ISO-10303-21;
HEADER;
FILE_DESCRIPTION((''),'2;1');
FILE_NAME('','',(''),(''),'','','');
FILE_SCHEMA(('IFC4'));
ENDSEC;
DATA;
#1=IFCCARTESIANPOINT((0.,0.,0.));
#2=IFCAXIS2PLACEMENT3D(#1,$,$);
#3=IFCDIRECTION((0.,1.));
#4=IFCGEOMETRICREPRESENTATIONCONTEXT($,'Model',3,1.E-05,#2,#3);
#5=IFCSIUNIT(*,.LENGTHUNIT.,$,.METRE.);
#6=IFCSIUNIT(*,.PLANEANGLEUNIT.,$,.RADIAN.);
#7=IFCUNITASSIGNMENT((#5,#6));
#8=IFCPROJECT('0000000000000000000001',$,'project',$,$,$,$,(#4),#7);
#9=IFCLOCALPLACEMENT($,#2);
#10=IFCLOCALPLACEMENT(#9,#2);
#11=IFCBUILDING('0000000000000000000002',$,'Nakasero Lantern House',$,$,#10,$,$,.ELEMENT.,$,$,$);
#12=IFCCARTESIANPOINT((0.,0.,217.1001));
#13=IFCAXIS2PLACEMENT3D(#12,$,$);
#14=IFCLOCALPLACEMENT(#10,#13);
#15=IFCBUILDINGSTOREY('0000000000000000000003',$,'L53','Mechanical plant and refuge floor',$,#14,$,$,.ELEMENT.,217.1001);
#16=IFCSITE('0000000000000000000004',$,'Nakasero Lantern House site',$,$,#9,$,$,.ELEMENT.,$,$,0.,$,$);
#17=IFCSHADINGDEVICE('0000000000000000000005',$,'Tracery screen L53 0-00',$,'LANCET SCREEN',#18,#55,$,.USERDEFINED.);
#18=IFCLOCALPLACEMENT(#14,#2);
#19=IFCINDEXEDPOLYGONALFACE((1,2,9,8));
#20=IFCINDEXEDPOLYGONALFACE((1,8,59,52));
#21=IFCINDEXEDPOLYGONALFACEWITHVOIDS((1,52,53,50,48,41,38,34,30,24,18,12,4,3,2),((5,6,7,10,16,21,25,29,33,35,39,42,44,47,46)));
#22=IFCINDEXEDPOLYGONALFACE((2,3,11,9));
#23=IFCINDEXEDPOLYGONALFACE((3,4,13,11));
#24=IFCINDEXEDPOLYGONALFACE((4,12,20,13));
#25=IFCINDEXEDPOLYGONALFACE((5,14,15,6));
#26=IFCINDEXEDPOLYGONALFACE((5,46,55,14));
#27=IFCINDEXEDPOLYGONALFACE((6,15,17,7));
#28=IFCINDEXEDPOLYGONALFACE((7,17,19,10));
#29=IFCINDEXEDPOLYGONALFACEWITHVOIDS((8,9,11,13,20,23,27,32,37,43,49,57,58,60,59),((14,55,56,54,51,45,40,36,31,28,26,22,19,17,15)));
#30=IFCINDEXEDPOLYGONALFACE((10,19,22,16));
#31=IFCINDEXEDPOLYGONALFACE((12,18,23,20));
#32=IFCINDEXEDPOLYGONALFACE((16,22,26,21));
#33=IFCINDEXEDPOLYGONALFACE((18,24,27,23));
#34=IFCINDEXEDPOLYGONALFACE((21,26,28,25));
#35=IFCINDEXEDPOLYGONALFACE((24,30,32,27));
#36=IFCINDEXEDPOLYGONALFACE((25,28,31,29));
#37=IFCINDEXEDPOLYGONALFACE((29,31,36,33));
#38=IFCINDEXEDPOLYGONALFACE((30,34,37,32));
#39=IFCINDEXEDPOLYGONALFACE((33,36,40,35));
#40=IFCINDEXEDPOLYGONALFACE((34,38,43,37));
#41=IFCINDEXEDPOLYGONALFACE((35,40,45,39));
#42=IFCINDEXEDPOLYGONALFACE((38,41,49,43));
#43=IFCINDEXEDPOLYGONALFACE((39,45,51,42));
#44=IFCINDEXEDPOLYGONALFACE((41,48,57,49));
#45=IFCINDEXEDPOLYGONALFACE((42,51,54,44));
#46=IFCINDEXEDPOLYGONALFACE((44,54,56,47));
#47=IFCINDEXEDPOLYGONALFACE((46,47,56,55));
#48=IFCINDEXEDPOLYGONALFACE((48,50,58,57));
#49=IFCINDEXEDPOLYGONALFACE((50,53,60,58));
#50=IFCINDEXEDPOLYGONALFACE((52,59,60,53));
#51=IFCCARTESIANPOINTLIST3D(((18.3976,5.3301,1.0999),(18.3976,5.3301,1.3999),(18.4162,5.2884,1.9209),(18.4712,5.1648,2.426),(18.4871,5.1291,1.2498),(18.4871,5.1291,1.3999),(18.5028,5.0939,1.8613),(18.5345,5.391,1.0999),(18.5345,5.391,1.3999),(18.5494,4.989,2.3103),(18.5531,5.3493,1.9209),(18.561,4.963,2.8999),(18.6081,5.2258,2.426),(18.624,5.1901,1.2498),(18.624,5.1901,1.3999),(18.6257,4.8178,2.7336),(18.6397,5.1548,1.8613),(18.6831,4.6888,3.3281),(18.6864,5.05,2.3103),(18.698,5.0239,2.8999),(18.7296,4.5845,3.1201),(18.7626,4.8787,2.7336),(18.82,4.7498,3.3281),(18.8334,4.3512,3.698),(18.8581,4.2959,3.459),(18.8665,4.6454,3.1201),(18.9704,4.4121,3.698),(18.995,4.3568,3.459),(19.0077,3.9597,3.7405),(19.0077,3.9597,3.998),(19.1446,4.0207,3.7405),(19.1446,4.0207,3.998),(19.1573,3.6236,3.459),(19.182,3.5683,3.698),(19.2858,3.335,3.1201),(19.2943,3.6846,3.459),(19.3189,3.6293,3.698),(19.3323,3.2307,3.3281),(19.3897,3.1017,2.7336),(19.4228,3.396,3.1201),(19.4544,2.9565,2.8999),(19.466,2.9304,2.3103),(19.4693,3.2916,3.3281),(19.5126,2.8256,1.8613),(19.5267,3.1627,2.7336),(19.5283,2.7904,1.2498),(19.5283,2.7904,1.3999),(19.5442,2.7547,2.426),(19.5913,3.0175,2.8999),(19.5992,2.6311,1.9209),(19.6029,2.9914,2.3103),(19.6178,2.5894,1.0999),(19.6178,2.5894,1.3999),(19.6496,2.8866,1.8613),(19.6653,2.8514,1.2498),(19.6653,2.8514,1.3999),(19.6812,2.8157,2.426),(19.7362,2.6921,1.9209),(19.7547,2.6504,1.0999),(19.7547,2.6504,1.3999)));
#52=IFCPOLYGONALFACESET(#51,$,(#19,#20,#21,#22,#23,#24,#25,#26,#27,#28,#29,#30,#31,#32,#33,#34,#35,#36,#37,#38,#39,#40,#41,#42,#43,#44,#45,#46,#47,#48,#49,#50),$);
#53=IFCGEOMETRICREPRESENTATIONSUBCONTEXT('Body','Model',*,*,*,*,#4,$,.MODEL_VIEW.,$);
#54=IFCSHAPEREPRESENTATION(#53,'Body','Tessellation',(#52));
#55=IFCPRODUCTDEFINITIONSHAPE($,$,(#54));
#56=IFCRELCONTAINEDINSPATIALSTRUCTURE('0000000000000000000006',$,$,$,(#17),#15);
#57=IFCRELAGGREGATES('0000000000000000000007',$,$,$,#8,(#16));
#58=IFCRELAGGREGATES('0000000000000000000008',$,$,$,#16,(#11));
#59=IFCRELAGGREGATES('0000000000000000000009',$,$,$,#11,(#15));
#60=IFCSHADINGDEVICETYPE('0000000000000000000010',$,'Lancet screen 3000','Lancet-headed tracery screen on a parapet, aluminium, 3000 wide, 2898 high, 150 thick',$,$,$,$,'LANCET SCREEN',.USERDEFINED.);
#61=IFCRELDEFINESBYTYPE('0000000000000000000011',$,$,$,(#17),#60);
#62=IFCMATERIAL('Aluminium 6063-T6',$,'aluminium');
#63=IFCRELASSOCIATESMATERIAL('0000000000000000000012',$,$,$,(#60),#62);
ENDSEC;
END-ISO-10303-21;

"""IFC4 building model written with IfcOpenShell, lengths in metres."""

from ifc_helpers import new_model, si_unit, direction, frame, origin, place, context, subcontext, project, spatial, polyline, outline, extrude, material, type_object, element, save


model = new_model("IFC4")

# Units and contexts
model_context = context("Model", 3, precision=1e-05, world=origin(), true_north=direction((0.0, 1.0)))
body_context = subcontext(model_context, "Body", "Model", "MODEL_VIEW")
ifc_project = project(units=[si_unit("LENGTHUNIT", "METRE"), si_unit("PLANEANGLEUNIT", "RADIAN")], contexts=[model_context])

# Site, building, storey
site_placement = place(None, origin())
site = spatial("IfcSite", under=ifc_project, at=site_placement, Name="Nakasero Lantern House site", CompositionType="ELEMENT", RefElevation=0.0)
building_placement = place(site_placement, origin())
building = spatial("IfcBuilding", under=site, at=building_placement, Name="Nakasero Lantern House", CompositionType="ELEMENT")
storey_placement = place(building_placement, frame((0.0, 0.0, 217.1001)))
storey = spatial("IfcBuildingStorey", under=building, at=storey_placement, Name="L53", Description="Mechanical plant and refuge floor", CompositionType="ELEMENT", Elevation=217.1001)

# Shading device
ifc_material_1 = material(Name="Aluminium 6063-T6", Category="aluminium")
shading_device_type = type_object("IfcShadingDeviceType", Name="Lancet screen 3000", Description="Lancet-headed tracery screen on a parapet, aluminium, 3000 wide, 2898 high, 150 thick", ElementType="LANCET SCREEN", PredefinedType="USERDEFINED", material=ifc_material_1)
shading_device_placement = place(storey_placement, frame((19.0762, 3.9902, 1.0999), z_axis=(0.0, 0.0, 1.0), x_axis=(-0.406737, 0.913545, 0.0)))
element("IfcShadingDevice", 1, at=shading_device_placement, inside=storey, type_object=shading_device_type, Name="Tracery screen L53 0-00", ObjectType="LANCET SCREEN", PredefinedType="USERDEFINED", context=body_context, shape_type="SweptSolid", body=[
    extrude(outline(polyline([(-1.5, 0.0), (1.5, 0.0), (1.5, 0.3), (1.4543, 0.821), (1.3191, 1.3262), (1.0981, 1.8), (0.7981, 2.2283), (0.4285, 2.5981), (0.0, 2.8982), (-0.4285, 2.5981), (-0.7981, 2.2283), (-1.0981, 1.8), (-1.3191, 1.3262), (-1.4543, 0.821), (-1.5, 0.3), (-1.5, 0.0)]), holes=[polyline([(-1.28, 0.1499), (1.28, 0.1499), (1.28, 0.3), (1.2415, 0.7615), (1.1267, 1.2104), (0.9392, 1.6338), (0.6838, 2.0203), (0.3679, 2.3591), (0.0, 2.6406), (-0.3679, 2.3591), (-0.6838, 2.0203), (-0.9392, 1.6338), (-1.1267, 1.2104), (-1.2415, 0.7615), (-1.28, 0.3), (-1.28, 0.1499)])]), frame((0.0, 0.075, 0.0), z_axis=(0.0, -1.0, 0.0), x_axis=(1.0, 0.0, 0.0)), (0.0, 0.0, 1.0), 0.1499),
])

save(model, "model.ifc")
